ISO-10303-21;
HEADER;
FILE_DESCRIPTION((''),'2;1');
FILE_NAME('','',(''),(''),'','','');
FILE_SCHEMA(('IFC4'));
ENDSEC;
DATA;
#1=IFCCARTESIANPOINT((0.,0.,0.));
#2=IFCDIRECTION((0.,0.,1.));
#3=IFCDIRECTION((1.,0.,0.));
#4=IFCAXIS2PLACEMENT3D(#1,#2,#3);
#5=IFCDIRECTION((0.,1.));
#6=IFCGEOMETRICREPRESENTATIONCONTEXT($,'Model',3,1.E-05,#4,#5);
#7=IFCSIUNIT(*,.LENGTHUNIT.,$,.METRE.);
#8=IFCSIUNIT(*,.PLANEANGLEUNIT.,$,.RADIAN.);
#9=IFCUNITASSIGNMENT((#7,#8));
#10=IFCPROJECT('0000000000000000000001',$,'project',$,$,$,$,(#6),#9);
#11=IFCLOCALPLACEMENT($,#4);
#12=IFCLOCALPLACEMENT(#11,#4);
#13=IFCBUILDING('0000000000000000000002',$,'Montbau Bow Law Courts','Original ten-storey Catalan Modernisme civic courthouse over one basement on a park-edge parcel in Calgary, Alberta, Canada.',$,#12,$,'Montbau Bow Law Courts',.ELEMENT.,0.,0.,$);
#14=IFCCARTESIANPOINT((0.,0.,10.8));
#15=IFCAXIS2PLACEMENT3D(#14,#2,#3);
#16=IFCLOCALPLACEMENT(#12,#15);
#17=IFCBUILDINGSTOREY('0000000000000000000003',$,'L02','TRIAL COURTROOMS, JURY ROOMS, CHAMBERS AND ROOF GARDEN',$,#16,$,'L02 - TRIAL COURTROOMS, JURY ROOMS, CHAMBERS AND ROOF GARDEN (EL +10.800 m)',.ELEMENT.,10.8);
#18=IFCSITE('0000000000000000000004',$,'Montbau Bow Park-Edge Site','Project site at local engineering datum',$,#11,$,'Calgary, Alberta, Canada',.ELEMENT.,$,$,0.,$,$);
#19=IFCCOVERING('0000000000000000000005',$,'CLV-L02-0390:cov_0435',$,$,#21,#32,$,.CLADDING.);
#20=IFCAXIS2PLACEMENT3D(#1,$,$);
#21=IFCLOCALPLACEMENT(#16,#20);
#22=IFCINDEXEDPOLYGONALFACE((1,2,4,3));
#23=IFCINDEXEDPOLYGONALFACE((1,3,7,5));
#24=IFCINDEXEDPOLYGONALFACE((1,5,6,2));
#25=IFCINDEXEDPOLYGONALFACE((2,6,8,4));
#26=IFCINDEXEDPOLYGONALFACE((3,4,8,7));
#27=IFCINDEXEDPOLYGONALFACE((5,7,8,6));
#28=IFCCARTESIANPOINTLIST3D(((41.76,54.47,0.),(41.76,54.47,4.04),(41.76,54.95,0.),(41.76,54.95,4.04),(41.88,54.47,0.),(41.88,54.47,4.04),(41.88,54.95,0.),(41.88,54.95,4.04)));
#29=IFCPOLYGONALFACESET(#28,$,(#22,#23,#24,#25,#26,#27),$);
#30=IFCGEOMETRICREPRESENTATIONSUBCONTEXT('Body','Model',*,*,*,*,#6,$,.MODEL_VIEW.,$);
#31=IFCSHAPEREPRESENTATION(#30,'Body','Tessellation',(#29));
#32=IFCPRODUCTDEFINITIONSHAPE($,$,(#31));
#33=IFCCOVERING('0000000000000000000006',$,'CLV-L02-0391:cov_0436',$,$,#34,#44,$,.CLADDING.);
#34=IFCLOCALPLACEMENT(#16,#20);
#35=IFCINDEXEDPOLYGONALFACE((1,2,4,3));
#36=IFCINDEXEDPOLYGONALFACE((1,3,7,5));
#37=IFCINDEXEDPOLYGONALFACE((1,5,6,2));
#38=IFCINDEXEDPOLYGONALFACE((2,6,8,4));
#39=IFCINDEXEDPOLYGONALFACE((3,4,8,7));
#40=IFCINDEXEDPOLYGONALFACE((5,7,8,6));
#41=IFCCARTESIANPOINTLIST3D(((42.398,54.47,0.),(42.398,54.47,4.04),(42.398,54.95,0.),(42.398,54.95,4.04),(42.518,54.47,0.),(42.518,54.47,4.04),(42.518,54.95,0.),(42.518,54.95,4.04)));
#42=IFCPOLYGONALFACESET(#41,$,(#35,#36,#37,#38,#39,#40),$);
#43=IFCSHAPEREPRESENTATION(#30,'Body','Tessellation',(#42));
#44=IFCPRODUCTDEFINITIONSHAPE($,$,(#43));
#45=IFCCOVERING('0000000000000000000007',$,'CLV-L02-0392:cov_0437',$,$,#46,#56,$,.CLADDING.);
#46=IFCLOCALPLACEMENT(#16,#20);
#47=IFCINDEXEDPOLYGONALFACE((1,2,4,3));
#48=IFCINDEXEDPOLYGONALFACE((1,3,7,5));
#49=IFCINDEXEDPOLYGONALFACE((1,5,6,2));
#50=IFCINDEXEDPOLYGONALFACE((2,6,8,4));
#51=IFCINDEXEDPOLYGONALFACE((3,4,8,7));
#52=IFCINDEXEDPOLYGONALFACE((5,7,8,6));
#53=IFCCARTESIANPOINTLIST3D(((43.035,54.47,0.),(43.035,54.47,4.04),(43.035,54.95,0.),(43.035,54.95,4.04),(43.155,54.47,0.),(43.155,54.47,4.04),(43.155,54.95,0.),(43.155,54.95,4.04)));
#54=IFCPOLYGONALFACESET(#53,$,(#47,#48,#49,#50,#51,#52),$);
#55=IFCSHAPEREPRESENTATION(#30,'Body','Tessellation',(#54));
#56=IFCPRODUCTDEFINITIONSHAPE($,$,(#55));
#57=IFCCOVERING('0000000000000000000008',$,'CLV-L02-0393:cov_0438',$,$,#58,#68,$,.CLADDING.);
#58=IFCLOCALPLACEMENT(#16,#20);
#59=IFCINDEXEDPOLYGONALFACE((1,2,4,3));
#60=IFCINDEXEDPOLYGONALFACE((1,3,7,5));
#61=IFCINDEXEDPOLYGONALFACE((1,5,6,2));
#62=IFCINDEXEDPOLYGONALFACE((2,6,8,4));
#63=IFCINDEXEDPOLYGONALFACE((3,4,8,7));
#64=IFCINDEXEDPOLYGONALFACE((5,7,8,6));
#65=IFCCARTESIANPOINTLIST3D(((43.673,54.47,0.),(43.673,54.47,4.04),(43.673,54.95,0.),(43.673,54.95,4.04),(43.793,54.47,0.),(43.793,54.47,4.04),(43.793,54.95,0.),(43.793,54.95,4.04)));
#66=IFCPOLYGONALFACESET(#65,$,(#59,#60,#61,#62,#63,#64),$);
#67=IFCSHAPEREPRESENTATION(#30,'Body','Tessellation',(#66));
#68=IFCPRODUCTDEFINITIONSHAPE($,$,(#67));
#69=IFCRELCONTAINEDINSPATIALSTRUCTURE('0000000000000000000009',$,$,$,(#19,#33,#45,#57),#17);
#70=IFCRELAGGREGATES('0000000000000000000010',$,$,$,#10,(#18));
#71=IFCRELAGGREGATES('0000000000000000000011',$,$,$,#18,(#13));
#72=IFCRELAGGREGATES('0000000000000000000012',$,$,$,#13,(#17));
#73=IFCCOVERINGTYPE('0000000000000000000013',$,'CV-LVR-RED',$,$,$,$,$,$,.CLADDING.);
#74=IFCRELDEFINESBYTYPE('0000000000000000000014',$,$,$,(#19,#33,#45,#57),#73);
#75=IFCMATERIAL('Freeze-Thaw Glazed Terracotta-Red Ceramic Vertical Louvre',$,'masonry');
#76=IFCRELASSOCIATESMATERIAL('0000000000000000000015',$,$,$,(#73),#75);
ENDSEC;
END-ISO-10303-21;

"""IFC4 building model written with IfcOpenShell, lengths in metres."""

from ifc_helpers import new_model, si_unit, direction, frame, frame_2d, origin_with_axes, place, context, subcontext, project, spatial, rectangle, extrude, material, type_object, element, save


model = new_model("IFC4")

# Units and contexts
model_context = context("Model", 3, precision=1e-05, world=origin_with_axes(), true_north=direction((0.0, 1.0)))
body_context = subcontext(model_context, "Body", "Model", "MODEL_VIEW")
ifc_project = project(units=[si_unit("LENGTHUNIT", "METRE"), si_unit("PLANEANGLEUNIT", "RADIAN")], contexts=[model_context])

# Site, building, storey
site_placement = place(None, origin_with_axes())
site = spatial("IfcSite", under=ifc_project, at=site_placement, Name="Montbau Bow Park-Edge Site", Description="Project site at local engineering datum", LongName="Calgary, Alberta, Canada", CompositionType="ELEMENT", RefElevation=0.0)
building_placement = place(site_placement, origin_with_axes())
building = spatial("IfcBuilding", under=site, at=building_placement, Name="Montbau Bow Law Courts", Description="Original ten-storey Catalan Modernisme civic courthouse over one basement on a park-edge parcel in Calgary, Alberta, Canada.", LongName="Montbau Bow Law Courts", CompositionType="ELEMENT", ElevationOfRefHeight=0.0, ElevationOfTerrain=0.0)
storey_placement = place(building_placement, frame((0.0, 0.0, 10.8), z_axis=(0.0, 0.0, 1.0), x_axis=(1.0, 0.0, 0.0)))
storey = spatial("IfcBuildingStorey", under=building, at=storey_placement, Name="L02", Description="TRIAL COURTROOMS, JURY ROOMS, CHAMBERS AND ROOF GARDEN", LongName="L02 - TRIAL COURTROOMS, JURY ROOMS, CHAMBERS AND ROOF GARDEN (EL +10.800 m)", CompositionType="ELEMENT", Elevation=10.8)

# Coverings
ifc_material_1 = material(Name="Freeze-Thaw Glazed Terracotta-Red Ceramic Vertical Louvre", Category="masonry")
covering_type = type_object("IfcCoveringType", Name="CV-LVR-RED", PredefinedType="CLADDING", material=ifc_material_1)
for number, where, z_axis, x_axis, name in (
    (1, (41.82, 54.47, 10.8), (1.0, 0.0, 0.0), (0.0, 1.0, 0.0), "CLV-L02-0390:cov_0435"),
    (2, (42.458, 54.47, 10.8), (1.0, 0.0, 0.0), (0.0, 1.0, 0.0), "CLV-L02-0391:cov_0436"),
    (3, (43.095, 54.47, 10.8), (1.0, 0.0, 0.0), (0.0, 1.0, 0.0), "CLV-L02-0392:cov_0437"),
    (4, (43.733, 54.47, 10.8), (1.0, 0.0, 0.0), (0.0, 1.0, 0.0), "CLV-L02-0393:cov_0438"),
):
    element("IfcCovering", number, at=place(None, frame(where, z_axis=z_axis, x_axis=x_axis)), inside=storey, type_object=covering_type, Name=name, PredefinedType="CLADDING", context=body_context, shape_type="SweptSolid", body=[
        extrude(rectangle(XDim=0.48, YDim=4.04, at=frame_2d((0.24, 2.02), x_axis=(1.0, 0.0))), frame((0.0, 0.0, -0.06), z_axis=(0.0, 0.0, 1.0), x_axis=(1.0, 0.0, 0.0)), (0.0, 0.0, 1.0), 0.12),
    ])

save(model, "model.ifc")
